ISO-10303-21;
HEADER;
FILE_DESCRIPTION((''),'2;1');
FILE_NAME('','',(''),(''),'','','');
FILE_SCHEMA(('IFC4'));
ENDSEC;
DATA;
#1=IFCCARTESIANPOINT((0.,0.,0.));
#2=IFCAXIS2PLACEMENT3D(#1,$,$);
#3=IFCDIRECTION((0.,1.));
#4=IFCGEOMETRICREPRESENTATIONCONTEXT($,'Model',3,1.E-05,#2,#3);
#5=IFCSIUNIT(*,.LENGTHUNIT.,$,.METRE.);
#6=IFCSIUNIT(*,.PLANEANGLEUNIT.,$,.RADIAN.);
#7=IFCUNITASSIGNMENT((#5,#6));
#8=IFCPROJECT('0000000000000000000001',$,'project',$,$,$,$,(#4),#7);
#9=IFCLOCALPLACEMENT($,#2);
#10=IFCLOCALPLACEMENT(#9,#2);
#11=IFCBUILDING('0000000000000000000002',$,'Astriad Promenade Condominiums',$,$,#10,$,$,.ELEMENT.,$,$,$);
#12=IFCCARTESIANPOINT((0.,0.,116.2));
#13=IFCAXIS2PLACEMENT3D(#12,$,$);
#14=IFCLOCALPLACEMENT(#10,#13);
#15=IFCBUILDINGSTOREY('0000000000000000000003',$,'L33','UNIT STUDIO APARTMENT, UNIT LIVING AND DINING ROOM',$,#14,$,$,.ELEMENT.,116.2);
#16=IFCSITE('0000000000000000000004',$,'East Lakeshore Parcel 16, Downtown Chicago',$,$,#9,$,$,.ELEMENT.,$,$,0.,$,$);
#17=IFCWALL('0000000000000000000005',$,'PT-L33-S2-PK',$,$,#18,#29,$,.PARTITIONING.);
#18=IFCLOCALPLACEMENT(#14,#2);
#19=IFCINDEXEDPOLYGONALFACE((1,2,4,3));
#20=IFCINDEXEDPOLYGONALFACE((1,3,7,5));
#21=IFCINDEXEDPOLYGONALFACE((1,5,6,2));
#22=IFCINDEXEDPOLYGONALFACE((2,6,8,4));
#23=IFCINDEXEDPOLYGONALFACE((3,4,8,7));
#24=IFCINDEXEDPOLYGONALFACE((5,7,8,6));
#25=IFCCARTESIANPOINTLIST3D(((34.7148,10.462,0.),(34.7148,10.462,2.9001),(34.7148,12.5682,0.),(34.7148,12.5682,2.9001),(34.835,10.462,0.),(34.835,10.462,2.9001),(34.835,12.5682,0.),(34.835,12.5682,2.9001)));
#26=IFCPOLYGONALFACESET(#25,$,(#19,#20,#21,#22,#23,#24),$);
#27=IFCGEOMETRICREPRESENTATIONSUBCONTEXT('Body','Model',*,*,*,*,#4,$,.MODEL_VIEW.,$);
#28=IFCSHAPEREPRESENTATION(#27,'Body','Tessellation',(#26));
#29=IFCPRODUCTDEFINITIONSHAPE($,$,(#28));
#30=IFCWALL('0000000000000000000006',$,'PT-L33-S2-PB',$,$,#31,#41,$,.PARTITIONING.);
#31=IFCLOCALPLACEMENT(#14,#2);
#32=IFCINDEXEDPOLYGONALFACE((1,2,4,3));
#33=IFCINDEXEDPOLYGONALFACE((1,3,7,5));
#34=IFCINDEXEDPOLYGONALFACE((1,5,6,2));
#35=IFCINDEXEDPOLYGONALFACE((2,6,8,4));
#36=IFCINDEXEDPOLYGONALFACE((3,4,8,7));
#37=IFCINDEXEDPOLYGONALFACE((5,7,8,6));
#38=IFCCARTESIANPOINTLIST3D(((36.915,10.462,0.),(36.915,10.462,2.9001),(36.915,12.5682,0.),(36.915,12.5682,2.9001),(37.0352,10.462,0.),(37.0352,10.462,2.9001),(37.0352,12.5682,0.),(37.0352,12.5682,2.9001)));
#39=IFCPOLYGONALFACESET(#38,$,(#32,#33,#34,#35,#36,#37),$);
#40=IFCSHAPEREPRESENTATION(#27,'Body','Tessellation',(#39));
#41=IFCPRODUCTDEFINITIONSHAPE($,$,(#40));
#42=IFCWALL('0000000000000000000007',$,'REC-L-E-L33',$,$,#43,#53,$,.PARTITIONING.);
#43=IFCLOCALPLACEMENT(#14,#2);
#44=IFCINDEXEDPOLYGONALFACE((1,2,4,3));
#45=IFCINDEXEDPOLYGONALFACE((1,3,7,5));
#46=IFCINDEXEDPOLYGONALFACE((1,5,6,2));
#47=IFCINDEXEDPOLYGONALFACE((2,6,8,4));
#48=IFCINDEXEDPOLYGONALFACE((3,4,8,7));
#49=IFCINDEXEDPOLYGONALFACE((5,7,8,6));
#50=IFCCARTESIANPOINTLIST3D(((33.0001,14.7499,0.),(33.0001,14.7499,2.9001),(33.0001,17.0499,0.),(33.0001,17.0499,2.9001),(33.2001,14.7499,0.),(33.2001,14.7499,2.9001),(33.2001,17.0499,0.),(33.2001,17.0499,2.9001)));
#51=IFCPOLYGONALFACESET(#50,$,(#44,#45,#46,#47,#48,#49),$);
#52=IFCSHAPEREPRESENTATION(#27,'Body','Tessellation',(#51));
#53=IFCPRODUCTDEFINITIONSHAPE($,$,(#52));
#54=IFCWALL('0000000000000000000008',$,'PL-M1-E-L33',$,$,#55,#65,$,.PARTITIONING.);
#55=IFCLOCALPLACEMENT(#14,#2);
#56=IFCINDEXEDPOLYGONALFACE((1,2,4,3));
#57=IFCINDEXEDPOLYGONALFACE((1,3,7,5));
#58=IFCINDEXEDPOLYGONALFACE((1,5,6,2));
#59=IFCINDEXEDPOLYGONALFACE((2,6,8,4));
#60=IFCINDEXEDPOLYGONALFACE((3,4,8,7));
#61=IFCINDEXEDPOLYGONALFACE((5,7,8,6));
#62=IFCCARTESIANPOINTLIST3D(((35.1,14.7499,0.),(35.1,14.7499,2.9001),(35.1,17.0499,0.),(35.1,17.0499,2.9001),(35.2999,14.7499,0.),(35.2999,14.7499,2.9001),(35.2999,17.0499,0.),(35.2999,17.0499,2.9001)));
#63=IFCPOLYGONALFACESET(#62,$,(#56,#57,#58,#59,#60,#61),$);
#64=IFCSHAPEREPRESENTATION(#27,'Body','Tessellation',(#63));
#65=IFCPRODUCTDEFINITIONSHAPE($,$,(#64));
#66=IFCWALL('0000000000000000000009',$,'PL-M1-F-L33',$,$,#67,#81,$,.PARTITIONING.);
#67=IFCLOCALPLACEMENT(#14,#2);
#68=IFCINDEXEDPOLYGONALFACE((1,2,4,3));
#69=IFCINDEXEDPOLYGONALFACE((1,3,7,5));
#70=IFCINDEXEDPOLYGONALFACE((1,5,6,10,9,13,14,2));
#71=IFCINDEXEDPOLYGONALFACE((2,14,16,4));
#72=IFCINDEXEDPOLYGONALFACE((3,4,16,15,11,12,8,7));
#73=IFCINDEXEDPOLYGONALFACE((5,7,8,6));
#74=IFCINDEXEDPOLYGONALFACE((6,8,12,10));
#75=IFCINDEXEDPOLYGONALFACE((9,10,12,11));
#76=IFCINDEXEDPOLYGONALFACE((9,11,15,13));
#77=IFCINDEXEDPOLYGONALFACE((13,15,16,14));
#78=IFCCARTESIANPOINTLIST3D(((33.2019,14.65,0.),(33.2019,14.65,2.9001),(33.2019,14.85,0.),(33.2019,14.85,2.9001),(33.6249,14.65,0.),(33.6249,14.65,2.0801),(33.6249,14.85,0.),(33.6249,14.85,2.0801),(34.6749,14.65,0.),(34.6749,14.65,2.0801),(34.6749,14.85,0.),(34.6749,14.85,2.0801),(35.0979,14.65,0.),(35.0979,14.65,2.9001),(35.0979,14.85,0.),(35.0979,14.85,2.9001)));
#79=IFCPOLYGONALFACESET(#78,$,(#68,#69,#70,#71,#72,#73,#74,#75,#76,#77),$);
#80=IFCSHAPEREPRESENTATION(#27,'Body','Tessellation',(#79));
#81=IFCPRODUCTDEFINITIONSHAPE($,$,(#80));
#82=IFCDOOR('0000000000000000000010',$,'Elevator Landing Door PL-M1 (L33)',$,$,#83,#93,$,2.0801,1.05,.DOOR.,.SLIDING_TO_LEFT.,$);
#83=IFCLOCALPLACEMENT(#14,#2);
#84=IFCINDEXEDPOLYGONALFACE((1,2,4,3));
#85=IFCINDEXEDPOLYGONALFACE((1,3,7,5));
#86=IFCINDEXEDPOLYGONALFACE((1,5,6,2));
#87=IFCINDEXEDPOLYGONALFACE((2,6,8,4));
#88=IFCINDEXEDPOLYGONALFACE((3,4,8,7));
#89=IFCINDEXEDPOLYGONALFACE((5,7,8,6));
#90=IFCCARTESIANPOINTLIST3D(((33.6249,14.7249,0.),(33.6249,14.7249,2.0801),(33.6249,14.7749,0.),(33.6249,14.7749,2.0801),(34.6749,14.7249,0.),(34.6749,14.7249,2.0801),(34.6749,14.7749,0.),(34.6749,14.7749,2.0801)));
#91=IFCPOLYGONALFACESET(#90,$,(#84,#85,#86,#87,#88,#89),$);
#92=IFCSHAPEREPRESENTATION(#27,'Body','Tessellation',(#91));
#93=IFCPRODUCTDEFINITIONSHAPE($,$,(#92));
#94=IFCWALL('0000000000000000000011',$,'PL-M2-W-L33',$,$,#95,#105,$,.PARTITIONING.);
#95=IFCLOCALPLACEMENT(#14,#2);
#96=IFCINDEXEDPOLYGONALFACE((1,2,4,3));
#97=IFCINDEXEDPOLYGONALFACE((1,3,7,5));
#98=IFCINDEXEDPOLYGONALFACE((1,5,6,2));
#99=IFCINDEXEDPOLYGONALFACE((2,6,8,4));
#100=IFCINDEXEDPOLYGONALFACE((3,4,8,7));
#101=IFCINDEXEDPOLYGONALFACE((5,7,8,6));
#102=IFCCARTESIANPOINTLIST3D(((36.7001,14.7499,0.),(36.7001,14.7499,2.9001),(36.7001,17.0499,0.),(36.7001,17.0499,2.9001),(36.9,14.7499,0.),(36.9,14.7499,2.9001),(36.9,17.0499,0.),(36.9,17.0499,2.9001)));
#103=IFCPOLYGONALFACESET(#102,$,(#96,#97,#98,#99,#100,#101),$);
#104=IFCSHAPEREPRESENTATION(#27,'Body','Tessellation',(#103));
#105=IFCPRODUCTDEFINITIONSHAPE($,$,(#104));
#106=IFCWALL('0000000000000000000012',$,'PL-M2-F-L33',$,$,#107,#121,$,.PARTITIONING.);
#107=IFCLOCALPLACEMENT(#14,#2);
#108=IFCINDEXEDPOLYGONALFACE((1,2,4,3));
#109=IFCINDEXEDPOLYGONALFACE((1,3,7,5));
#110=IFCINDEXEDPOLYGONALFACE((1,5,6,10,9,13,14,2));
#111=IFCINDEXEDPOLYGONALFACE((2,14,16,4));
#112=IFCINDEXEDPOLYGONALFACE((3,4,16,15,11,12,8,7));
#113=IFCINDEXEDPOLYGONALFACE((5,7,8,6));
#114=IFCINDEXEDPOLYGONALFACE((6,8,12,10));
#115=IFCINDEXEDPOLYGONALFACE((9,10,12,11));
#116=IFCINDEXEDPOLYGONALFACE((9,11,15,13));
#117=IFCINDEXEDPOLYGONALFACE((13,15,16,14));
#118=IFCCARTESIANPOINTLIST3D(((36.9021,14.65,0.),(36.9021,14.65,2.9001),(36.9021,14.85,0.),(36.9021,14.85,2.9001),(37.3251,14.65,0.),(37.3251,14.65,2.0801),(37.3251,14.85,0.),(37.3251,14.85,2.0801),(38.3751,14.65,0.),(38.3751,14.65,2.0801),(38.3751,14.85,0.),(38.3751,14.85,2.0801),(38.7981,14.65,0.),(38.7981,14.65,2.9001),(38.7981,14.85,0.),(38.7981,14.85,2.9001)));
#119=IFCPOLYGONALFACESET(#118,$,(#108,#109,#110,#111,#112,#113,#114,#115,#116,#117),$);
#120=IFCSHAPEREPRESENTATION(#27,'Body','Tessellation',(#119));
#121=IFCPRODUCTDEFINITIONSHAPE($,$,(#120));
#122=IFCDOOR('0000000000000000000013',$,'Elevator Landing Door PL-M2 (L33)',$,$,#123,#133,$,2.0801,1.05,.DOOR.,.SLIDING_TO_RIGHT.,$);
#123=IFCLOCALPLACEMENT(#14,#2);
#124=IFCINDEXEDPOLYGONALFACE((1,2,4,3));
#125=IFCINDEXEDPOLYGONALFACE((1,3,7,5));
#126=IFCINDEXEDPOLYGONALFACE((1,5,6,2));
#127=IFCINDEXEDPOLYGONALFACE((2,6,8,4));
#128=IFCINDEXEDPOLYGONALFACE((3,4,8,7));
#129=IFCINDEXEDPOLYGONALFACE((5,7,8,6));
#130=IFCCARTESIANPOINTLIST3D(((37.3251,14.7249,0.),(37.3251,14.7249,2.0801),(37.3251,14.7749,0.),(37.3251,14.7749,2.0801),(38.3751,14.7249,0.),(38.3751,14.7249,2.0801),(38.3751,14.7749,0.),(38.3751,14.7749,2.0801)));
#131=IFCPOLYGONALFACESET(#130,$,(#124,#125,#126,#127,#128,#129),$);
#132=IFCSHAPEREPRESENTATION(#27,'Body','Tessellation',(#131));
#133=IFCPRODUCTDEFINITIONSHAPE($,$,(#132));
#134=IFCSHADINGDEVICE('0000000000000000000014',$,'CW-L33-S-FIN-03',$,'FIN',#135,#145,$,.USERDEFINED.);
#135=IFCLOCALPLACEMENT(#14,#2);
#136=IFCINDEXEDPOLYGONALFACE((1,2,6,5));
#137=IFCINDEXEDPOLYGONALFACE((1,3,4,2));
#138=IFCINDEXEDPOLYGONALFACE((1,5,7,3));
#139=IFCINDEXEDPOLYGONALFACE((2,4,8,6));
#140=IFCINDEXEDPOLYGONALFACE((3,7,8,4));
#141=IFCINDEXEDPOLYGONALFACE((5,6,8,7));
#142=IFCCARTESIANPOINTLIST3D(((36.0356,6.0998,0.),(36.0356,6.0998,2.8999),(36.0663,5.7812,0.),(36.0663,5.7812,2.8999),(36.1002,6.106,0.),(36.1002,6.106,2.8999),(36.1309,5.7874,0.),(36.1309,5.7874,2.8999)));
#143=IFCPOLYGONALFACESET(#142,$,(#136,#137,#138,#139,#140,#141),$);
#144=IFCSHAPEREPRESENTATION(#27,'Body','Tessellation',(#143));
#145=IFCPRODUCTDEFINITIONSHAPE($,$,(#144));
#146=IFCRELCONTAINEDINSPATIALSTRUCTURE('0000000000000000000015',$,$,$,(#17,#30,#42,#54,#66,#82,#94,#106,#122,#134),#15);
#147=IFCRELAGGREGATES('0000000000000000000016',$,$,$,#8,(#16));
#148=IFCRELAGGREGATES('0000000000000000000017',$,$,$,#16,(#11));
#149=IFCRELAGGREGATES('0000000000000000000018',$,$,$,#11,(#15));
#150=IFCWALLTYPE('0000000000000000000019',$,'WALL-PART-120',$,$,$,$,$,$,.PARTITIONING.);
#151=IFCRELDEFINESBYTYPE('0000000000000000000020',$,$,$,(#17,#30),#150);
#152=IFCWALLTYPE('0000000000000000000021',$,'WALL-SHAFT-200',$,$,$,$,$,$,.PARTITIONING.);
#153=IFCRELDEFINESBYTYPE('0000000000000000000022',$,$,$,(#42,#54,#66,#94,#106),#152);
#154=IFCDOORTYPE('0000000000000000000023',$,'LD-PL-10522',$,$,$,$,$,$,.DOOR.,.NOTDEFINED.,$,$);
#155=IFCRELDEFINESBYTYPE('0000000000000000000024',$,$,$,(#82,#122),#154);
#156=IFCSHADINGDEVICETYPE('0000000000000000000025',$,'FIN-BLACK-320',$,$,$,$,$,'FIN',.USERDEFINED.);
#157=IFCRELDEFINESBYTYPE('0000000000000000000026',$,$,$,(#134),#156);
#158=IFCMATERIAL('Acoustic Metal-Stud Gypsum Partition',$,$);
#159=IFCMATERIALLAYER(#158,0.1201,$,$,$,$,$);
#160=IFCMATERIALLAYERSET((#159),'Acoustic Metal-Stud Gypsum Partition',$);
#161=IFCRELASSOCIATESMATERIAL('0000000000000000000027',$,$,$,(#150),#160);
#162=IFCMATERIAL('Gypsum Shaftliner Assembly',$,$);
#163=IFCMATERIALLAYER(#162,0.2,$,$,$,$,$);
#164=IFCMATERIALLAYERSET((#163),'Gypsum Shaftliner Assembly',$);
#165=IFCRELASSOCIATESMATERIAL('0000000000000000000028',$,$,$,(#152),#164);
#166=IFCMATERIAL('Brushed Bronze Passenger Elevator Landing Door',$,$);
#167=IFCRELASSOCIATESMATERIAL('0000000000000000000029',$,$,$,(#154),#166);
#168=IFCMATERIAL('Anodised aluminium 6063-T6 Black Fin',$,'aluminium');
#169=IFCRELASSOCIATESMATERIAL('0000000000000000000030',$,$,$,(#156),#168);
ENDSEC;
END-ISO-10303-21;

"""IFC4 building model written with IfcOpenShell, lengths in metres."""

from ifc_helpers import new_model, si_unit, direction, frame, frame_2d, origin, origin_2d, place, context, subcontext, project, spatial, rectangle, extrude, source, transform, mapped, material, layer, layer_set, type_object, type_shapes, element, fill, save


model = new_model("IFC4")

# Units and contexts
model_context = context("Model", 3, precision=1e-05, world=origin(), true_north=direction((0.0, 1.0)))
body_context = subcontext(model_context, "Body", "Model", "MODEL_VIEW")
ifc_project = project(units=[si_unit("LENGTHUNIT", "METRE"), si_unit("PLANEANGLEUNIT", "RADIAN")], contexts=[model_context])

# Site, building, storey
site_placement = place(None, origin())
site = spatial("IfcSite", under=ifc_project, at=site_placement, Name="East Lakeshore Parcel 16, Downtown Chicago", CompositionType="ELEMENT", RefElevation=0.0)
building_placement = place(site_placement, origin())
building = spatial("IfcBuilding", under=site, at=building_placement, Name="Astriad Promenade Condominiums", CompositionType="ELEMENT")
storey_placement = place(building_placement, frame((0.0, 0.0, 116.2)))
storey = spatial("IfcBuildingStorey", under=building, at=storey_placement, Name="L33", Description="UNIT STUDIO APARTMENT, UNIT LIVING AND DINING ROOM", CompositionType="ELEMENT", Elevation=116.2)

# Shared definitions
ifc_material_1 = material(Name="Acoustic Metal-Stud Gypsum Partition")
ifc_layer_1 = layer(ifc_material_1, 0.1201)
ifc_layer_set_1 = layer_set([ifc_layer_1], Name="Acoustic Metal-Stud Gypsum Partition")
wall_type_1 = type_object("IfcWallType", Name="WALL-PART-120", PredefinedType="PARTITIONING", material=ifc_layer_set_1)

# Walls
for number, where, z_axis, x_axis, name in (
    (1, (34.7749, 10.4619, 0.0), (0.0, 0.0, 1.0), (0.0, 1.0, 0.0), "PT-L33-S2-PK"),
    (2, (36.9751, 10.4619, 0.0), (0.0, 0.0, 1.0), (0.0, 1.0, 0.0), "PT-L33-S2-PB"),
):
    element("IfcWall", number, at=place(storey_placement, frame(where, z_axis=z_axis, x_axis=x_axis)), inside=storey, type_object=wall_type_1, Name=name, PredefinedType="PARTITIONING", context=body_context, shape_type="SweptSolid", body=[
        extrude(rectangle(XDim=2.1062, YDim=0.1201, at=frame_2d((1.0532, 0.0))), origin(), (0.0, 0.0, 1.0), 2.9001),
    ])
ifc_material_2 = material(Name="Gypsum Shaftliner Assembly")
ifc_layer_2 = layer(ifc_material_2, 0.2)
ifc_layer_set_2 = layer_set([ifc_layer_2], Name="Gypsum Shaftliner Assembly")
wall_type_2 = type_object("IfcWallType", Name="WALL-SHAFT-200", PredefinedType="PARTITIONING", material=ifc_layer_set_2)
for number, where, z_axis, x_axis, name in (
    (3, (33.1001, 14.75, 0.0), (0.0, 0.0, 1.0), (0.0, 1.0, 0.0), "REC-L-E-L33"),
    (4, (35.2, 14.75, 0.0), (0.0, 0.0, 1.0), (0.0, 1.0, 0.0), "PL-M1-E-L33"),
):
    element("IfcWall", number, at=place(storey_placement, frame(where, z_axis=z_axis, x_axis=x_axis)), inside=storey, type_object=wall_type_2, Name=name, PredefinedType="PARTITIONING", context=body_context, shape_type="SweptSolid", body=[
        extrude(rectangle(XDim=2.3, YDim=0.2, at=frame_2d((1.1499, 0.0))), origin(), (0.0, 0.0, 1.0), 2.9001),
    ])

# Wall, opening, door
wall_1_placement = place(storey_placement, frame((33.2019, 14.75, 0.0), z_axis=(0.0, 0.0, 1.0), x_axis=(1.0, 0.0, 0.0)))
wall_1 = element("IfcWall", 5, at=wall_1_placement, inside=storey, type_object=wall_type_2, Name="PL-M1-F-L33", PredefinedType="PARTITIONING", context=body_context, shape_type="SweptSolid", body=[
    extrude(rectangle(XDim=1.896, YDim=0.2, at=frame_2d((0.948, 0.0))), origin(), (0.0, 0.0, 1.0), 2.9001),
])
opening_1_placement = place(wall_1_placement, frame((0.4231, 0.0, 0.0)))
opening_1 = element("IfcOpeningElement", 6, at=opening_1_placement, cuts=wall_1, PredefinedType="OPENING", context=body_context, shape_type="SweptSolid", body=[
    extrude(rectangle(XDim=1.05, YDim=2.0801, at=frame_2d((0.5249, 1.04))), frame((0.0, 0.1099, 0.0), z_axis=(0.0, -1.0, 0.0), x_axis=(1.0, 0.0, 0.0)), (0.0, 0.0, 1.0), 0.22),
])
ifc_material_3 = material(Name="Brushed Bronze Passenger Elevator Landing Door")
door_type_1 = type_object("IfcDoorType", Name="LD-PL-10522", OperationType="NOTDEFINED", PredefinedType="DOOR", material=ifc_material_3)
shared_shape_1 = source(origin(), body_context, "Body", "SweptSolid", [
    extrude(rectangle(XDim=1.05, YDim=2.0801, at=frame_2d((0.5249, 1.04))), frame((0.0, 0.0249, 0.0), z_axis=(0.0, -1.0, 0.0), x_axis=(1.0, 0.0, 0.0)), (0.0, 0.0, 1.0), 0.05),
])
type_shapes(door_type_1, [shared_shape_1])
door_1_placement = place(opening_1_placement, origin())
door_1 = element("IfcDoor", 7, at=door_1_placement, inside=storey, type_object=door_type_1, Name="Elevator Landing Door PL-M1 (L33)", OperationType="SLIDING_TO_LEFT", OverallHeight=2.0801, OverallWidth=1.05, PredefinedType="DOOR", context=body_context, shape_type="MappedRepresentation", body=[
    mapped(shared_shape_1, transform((0.0, 0.0, 0.0), scale=1.0)),
])
fill(opening_1, door_1)

# Wall
wall_2_placement = place(storey_placement, frame((36.8, 14.75, 0.0), z_axis=(0.0, 0.0, 1.0), x_axis=(0.0, 1.0, 0.0)))
element("IfcWall", 8, at=wall_2_placement, inside=storey, type_object=wall_type_2, Name="PL-M2-W-L33", PredefinedType="PARTITIONING", context=body_context, shape_type="SweptSolid", body=[
    extrude(rectangle(XDim=2.3, YDim=0.2, at=frame_2d((1.1499, 0.0))), origin(), (0.0, 0.0, 1.0), 2.9001),
])

# Wall, opening, door
wall_3_placement = place(storey_placement, frame((36.9021, 14.75, 0.0), z_axis=(0.0, 0.0, 1.0), x_axis=(1.0, 0.0, 0.0)))
wall_3 = element("IfcWall", 9, at=wall_3_placement, inside=storey, type_object=wall_type_2, Name="PL-M2-F-L33", PredefinedType="PARTITIONING", context=body_context, shape_type="SweptSolid", body=[
    extrude(rectangle(XDim=1.896, YDim=0.2, at=frame_2d((0.948, 0.0))), origin(), (0.0, 0.0, 1.0), 2.9001),
])
opening_2_placement = place(wall_3_placement, frame((0.4231, 0.0, 0.0)))
opening_2 = element("IfcOpeningElement", 10, at=opening_2_placement, cuts=wall_3, PredefinedType="OPENING", context=body_context, shape_type="SweptSolid", body=[
    extrude(rectangle(XDim=1.05, YDim=2.0801, at=frame_2d((0.5249, 1.04))), frame((0.0, 0.1099, 0.0), z_axis=(0.0, -1.0, 0.0), x_axis=(1.0, 0.0, 0.0)), (0.0, 0.0, 1.0), 0.22),
])
door_2_placement = place(opening_2_placement, origin())
door_2 = element("IfcDoor", 11, at=door_2_placement, inside=storey, type_object=door_type_1, Name="Elevator Landing Door PL-M2 (L33)", OperationType="SLIDING_TO_RIGHT", OverallHeight=2.0801, OverallWidth=1.05, PredefinedType="DOOR", context=body_context, shape_type="MappedRepresentation", body=[
    mapped(shared_shape_1, transform((0.0, 0.0, 0.0), scale=1.0)),
])
fill(opening_2, door_2)

# Shading device
ifc_material_4 = material(Name="Anodised aluminium 6063-T6 Black Fin", Category="aluminium")
shading_device_type = type_object("IfcShadingDeviceType", Name="FIN-BLACK-320", ElementType="FIN", PredefinedType="USERDEFINED", material=ifc_material_4)
shared_shape_2 = source(origin(), body_context, "Body", "SweptSolid", [
    extrude(rectangle(XDim=0.0649, YDim=0.3201, at=origin_2d()), origin(), (0.0, 0.0, 1.0), 2.8999),
])
type_shapes(shading_device_type, [shared_shape_2])
shading_device_placement = place(storey_placement, frame((36.0833, 5.9436, 0.0), z_axis=(0.0, 0.0, 1.0), x_axis=(-0.995396, -0.095846, 0.0)))
element("IfcShadingDevice", 12, at=shading_device_placement, inside=storey, type_object=shading_device_type, Name="CW-L33-S-FIN-03", ObjectType="FIN", PredefinedType="USERDEFINED", context=body_context, shape_type="MappedRepresentation", body=[
    mapped(shared_shape_2, transform((0.0, 0.0, 0.0), scale=1.0)),
])

save(model, "model.ifc")
